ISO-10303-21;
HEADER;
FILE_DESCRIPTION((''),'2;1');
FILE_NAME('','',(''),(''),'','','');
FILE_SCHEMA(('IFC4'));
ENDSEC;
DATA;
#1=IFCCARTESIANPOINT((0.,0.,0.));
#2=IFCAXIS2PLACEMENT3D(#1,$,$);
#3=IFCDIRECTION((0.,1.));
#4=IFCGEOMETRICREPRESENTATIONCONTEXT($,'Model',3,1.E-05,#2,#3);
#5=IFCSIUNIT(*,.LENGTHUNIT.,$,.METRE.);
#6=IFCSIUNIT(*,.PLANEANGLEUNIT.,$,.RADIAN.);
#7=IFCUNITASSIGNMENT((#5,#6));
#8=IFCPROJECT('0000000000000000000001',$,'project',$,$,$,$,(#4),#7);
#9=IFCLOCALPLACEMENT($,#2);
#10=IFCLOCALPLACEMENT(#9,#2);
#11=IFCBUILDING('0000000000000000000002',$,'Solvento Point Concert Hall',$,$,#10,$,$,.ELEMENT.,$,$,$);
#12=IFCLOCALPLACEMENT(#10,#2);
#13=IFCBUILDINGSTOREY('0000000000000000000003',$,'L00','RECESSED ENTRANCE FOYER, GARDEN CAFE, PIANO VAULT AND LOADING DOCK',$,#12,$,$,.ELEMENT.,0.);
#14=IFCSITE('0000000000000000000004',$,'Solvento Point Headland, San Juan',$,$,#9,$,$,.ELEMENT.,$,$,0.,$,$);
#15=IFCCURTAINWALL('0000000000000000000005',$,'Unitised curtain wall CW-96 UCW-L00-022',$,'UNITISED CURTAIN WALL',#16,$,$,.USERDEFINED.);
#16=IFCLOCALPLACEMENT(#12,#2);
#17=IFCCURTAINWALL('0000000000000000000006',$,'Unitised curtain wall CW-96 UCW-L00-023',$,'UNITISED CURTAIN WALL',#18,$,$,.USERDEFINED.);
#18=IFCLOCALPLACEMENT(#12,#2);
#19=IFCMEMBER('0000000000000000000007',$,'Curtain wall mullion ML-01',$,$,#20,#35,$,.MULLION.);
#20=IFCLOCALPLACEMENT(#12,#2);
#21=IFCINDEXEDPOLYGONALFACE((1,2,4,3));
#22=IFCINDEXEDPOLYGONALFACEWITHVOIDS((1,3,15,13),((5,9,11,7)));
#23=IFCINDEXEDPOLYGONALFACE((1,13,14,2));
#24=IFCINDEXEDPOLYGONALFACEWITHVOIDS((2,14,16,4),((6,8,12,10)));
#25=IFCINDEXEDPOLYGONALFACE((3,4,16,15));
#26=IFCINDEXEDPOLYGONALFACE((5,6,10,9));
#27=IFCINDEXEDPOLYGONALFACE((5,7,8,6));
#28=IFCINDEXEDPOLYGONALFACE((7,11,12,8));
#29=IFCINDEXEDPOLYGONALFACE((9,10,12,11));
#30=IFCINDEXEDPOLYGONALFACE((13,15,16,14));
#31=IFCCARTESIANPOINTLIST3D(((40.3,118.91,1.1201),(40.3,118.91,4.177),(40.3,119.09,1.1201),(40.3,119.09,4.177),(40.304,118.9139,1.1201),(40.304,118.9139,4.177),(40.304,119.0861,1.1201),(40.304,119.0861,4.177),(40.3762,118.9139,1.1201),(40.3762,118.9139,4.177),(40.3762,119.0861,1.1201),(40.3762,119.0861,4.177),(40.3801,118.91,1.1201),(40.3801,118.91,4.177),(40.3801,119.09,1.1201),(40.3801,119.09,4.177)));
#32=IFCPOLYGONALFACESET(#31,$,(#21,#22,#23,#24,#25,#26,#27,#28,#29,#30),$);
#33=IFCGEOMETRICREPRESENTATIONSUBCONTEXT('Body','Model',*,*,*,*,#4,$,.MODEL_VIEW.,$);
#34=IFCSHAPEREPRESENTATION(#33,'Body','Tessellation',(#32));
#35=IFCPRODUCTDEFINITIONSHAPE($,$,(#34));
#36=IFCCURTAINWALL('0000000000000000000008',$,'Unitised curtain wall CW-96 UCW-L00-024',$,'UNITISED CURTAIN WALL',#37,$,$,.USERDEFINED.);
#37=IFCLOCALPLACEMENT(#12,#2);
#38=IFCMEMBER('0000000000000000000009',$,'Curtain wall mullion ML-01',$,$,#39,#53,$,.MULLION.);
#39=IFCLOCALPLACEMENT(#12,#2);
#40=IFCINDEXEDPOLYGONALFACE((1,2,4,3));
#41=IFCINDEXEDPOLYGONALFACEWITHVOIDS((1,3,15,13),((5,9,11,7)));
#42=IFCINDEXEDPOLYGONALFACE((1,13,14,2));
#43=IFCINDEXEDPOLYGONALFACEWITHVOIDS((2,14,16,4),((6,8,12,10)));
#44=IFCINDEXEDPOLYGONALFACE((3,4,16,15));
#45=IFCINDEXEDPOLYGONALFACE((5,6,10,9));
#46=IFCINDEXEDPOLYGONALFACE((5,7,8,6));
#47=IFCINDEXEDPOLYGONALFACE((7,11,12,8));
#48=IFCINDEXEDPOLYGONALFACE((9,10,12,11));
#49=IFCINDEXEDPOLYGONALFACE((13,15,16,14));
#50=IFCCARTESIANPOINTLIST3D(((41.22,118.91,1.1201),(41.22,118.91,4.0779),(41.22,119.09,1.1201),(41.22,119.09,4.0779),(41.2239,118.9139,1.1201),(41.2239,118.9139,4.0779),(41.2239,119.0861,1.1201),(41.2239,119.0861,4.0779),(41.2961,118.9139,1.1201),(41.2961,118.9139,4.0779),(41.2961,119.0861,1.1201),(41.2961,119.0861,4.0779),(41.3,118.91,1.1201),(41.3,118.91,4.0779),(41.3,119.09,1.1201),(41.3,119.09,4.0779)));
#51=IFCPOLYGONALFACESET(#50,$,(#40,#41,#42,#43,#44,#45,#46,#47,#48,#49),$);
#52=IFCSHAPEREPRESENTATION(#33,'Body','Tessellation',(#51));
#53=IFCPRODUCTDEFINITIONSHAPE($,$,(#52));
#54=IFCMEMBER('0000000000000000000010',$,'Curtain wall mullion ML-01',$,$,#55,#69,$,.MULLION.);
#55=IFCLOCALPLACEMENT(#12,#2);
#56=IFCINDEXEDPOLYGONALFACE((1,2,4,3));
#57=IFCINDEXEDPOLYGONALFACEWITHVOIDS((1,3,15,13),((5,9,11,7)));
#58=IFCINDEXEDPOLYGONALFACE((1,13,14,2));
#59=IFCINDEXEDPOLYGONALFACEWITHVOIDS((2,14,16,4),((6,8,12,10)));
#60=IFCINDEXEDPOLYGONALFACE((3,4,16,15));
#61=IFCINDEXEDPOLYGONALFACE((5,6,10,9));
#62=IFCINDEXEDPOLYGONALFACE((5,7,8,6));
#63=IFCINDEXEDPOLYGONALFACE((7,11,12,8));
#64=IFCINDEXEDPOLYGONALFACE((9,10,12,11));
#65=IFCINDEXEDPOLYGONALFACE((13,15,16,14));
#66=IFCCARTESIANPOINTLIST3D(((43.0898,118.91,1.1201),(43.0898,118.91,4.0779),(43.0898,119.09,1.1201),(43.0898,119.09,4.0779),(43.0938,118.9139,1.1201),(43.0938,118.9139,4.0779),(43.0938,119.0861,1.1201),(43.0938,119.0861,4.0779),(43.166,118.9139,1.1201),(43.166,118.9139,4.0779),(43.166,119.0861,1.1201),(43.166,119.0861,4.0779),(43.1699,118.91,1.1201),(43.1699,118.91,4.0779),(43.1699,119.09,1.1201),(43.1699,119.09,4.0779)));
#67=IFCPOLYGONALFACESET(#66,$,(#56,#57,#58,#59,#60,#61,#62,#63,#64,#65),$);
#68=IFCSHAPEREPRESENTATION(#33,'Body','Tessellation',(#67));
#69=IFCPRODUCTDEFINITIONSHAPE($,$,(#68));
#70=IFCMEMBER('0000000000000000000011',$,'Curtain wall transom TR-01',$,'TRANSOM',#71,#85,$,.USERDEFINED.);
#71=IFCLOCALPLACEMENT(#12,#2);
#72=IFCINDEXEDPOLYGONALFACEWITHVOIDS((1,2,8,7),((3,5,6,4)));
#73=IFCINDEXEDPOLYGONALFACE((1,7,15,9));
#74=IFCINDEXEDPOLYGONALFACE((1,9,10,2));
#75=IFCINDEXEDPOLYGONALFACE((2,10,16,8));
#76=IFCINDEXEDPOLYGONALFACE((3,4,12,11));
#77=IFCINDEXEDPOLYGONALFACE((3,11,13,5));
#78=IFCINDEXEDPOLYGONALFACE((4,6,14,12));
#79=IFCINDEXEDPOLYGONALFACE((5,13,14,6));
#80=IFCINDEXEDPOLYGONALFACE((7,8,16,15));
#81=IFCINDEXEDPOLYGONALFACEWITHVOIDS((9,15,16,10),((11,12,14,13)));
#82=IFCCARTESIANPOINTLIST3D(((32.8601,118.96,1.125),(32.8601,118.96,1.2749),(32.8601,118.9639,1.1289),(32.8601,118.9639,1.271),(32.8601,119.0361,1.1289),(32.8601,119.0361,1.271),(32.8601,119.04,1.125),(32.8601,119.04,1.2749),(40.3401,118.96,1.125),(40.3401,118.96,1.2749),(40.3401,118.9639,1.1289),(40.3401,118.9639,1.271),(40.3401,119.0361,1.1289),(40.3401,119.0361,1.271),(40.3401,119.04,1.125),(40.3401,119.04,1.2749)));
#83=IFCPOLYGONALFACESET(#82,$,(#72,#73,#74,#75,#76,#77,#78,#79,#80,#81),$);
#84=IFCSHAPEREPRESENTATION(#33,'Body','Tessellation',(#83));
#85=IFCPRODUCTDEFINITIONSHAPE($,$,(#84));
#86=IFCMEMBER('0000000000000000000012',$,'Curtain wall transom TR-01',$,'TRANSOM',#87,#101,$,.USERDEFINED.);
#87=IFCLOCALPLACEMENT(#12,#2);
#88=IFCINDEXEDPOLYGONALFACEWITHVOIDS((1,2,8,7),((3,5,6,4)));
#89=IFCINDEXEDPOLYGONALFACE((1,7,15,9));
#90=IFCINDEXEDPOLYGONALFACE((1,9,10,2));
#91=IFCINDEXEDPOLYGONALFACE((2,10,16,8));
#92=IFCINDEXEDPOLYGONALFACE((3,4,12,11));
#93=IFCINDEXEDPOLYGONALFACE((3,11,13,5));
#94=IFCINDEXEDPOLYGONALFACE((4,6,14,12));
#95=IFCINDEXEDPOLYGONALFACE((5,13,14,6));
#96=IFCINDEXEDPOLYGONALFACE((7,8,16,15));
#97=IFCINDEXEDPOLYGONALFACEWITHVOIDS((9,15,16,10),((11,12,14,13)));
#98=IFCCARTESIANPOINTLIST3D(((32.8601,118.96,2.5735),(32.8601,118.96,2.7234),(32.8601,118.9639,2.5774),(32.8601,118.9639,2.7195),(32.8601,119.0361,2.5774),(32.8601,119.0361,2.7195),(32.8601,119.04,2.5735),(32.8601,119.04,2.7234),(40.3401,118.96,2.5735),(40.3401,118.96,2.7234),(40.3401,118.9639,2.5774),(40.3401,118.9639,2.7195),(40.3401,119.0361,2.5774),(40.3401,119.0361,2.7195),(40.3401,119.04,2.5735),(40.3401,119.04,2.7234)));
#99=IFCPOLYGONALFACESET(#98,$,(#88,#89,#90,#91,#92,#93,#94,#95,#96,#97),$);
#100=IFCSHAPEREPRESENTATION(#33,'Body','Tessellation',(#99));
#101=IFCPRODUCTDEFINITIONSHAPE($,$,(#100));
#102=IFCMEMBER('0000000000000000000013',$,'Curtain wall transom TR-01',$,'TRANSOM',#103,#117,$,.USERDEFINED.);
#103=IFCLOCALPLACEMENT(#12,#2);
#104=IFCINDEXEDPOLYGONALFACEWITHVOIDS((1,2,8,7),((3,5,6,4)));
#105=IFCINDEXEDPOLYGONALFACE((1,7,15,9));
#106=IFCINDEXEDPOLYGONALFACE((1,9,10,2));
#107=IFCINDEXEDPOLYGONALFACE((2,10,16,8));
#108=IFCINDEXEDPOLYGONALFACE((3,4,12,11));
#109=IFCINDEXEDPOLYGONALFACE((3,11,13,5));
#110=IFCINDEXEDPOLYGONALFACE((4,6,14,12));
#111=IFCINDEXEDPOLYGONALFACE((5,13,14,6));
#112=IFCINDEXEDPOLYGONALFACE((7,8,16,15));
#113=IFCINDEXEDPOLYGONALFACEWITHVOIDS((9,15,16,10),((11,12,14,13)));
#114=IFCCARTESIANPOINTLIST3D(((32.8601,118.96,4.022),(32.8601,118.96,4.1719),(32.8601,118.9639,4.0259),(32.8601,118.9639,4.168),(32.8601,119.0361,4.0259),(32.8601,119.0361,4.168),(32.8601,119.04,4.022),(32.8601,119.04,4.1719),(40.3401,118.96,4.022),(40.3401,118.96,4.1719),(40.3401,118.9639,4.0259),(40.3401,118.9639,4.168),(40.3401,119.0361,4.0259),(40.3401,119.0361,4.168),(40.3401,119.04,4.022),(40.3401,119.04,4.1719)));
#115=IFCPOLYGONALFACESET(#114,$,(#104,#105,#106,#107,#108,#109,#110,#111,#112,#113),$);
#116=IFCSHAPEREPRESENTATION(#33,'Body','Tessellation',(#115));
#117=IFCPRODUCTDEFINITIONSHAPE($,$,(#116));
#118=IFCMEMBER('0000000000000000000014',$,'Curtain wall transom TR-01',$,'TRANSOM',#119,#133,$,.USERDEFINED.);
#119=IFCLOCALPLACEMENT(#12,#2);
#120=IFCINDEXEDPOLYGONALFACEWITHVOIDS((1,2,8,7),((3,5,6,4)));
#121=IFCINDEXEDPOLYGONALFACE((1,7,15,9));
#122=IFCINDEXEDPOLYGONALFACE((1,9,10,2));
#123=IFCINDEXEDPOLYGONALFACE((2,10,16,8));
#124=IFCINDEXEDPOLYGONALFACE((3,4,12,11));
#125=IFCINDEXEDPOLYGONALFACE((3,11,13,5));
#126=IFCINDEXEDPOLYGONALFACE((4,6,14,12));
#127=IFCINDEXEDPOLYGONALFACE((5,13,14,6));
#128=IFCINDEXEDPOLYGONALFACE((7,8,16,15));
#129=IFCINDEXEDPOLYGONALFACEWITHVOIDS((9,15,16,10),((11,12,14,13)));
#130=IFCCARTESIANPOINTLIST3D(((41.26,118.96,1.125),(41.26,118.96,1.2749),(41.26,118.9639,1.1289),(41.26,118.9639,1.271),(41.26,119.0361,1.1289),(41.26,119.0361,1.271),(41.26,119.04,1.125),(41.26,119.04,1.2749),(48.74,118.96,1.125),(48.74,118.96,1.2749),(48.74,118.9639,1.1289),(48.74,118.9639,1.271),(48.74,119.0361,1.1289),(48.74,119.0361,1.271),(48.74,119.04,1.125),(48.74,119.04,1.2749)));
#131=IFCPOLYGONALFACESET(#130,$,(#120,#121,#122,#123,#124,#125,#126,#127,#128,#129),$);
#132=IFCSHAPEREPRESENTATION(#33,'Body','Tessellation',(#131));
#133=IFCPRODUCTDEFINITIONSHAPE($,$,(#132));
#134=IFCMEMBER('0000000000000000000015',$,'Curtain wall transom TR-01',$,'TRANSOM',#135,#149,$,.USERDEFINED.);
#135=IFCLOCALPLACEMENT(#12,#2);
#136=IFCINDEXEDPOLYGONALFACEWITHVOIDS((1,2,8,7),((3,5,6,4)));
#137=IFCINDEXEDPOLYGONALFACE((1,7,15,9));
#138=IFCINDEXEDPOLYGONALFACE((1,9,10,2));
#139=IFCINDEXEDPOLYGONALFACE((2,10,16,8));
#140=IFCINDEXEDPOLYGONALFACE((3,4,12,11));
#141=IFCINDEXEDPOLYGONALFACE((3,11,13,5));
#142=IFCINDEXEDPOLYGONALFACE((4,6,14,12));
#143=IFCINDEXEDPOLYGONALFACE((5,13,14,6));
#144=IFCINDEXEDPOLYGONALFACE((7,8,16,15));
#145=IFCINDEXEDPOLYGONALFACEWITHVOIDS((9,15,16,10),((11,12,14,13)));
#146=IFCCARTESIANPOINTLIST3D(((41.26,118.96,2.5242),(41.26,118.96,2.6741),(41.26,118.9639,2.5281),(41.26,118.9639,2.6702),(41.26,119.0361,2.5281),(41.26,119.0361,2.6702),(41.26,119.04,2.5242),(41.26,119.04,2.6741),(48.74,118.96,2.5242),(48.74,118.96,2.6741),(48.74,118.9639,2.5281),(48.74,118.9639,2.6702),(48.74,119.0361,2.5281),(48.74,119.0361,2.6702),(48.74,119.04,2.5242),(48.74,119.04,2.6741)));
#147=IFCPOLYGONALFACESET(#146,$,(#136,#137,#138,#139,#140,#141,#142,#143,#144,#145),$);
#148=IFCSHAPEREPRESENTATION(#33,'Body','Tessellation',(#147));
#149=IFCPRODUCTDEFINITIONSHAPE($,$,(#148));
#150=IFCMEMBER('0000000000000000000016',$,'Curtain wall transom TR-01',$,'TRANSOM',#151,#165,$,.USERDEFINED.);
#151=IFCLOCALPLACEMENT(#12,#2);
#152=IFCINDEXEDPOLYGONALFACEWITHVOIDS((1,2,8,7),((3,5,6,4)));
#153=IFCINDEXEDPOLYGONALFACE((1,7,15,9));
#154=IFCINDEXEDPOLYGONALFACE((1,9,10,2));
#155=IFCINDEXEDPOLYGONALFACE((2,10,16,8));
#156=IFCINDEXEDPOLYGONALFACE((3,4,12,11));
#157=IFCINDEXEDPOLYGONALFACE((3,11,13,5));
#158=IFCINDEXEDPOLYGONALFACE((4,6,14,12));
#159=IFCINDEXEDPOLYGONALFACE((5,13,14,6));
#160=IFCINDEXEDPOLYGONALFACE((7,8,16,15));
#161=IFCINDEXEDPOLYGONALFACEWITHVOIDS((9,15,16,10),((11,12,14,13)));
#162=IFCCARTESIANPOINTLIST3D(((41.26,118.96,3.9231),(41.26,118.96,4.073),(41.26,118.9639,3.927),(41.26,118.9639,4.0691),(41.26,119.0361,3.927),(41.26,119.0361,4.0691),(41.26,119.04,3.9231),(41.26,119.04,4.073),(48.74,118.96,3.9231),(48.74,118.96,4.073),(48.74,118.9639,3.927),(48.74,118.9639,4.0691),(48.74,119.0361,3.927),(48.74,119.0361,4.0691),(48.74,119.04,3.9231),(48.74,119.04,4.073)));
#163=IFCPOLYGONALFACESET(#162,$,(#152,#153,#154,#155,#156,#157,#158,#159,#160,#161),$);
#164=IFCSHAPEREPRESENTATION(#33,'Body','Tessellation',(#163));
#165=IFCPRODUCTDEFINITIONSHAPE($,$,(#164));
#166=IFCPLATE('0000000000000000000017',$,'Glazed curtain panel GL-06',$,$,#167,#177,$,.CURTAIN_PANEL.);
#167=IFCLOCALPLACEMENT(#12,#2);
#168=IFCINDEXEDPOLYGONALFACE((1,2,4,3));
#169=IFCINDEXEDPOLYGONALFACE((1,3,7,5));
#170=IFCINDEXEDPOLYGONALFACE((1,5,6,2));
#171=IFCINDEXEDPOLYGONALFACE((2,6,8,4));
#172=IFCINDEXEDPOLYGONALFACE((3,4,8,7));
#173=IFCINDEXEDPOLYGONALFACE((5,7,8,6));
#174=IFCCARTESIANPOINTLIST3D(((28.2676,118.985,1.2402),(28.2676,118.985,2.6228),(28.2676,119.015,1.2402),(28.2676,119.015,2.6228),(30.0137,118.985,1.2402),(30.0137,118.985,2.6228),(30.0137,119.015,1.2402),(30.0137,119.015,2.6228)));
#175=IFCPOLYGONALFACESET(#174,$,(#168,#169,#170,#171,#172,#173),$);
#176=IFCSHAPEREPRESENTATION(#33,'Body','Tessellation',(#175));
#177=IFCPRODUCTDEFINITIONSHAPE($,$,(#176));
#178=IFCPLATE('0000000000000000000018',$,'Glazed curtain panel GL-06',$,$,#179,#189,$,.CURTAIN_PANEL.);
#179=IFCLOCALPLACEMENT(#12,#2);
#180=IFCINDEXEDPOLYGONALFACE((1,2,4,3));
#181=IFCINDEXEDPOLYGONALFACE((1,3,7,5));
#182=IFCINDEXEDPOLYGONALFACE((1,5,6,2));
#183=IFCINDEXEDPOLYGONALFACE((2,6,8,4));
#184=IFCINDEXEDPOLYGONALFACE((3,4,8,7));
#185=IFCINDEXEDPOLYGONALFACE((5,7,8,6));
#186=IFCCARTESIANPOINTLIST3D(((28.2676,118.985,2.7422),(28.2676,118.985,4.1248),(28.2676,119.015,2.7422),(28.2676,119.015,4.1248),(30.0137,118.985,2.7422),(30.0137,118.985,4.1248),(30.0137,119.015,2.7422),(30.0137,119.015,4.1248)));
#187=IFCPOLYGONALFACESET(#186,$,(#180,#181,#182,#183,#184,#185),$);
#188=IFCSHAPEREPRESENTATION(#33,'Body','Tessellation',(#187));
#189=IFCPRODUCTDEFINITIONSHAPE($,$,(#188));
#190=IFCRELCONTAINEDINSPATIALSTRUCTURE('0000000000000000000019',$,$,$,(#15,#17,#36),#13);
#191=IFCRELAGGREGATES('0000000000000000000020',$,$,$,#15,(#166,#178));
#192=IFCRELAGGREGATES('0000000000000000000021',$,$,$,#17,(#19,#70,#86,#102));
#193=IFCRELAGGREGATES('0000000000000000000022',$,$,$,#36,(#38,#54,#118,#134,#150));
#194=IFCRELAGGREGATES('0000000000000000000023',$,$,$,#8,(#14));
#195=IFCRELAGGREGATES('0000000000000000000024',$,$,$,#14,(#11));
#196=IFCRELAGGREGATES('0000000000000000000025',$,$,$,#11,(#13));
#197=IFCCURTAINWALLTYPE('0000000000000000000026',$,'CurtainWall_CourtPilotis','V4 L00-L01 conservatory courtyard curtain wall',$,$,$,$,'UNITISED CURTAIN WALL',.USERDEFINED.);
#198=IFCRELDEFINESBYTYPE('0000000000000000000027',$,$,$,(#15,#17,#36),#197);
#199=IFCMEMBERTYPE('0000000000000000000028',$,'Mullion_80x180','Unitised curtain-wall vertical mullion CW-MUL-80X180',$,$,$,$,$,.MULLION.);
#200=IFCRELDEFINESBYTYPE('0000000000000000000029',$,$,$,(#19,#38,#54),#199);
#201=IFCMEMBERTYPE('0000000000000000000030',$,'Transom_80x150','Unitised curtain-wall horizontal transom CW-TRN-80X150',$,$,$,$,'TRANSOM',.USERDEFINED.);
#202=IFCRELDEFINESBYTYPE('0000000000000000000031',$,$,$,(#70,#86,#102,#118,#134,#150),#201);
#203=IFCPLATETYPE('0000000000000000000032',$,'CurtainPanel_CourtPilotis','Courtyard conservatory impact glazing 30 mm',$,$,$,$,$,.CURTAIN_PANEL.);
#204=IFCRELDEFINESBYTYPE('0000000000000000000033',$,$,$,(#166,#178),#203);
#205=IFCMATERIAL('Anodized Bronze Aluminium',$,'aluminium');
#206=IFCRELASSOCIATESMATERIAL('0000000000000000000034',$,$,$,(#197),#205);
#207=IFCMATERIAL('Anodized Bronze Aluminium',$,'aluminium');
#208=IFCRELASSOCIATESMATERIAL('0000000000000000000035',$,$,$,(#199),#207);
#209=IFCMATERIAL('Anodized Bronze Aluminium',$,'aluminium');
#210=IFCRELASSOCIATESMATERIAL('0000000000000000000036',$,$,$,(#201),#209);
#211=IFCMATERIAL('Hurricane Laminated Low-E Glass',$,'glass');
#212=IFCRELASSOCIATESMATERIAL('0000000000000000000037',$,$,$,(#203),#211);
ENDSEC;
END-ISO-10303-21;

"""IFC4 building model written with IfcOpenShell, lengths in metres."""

from ifc_helpers import new_model, si_unit, direction, frame, origin, origin_2d, place, context, subcontext, project, spatial, rectangle, hollow_rectangle, extrude, material, material_profile, profile_set, type_object, element, aggregate, save


model = new_model("IFC4")

# Units and contexts
model_context = context("Model", 3, precision=1e-05, world=origin(), true_north=direction((0.0, 1.0)))
body_context = subcontext(model_context, "Body", "Model", "MODEL_VIEW")
ifc_project = project(units=[si_unit("LENGTHUNIT", "METRE"), si_unit("PLANEANGLEUNIT", "RADIAN")], contexts=[model_context])

# Site, building, storey
site_placement = place(None, origin())
site = spatial("IfcSite", under=ifc_project, at=site_placement, Name="Solvento Point Headland, San Juan", CompositionType="ELEMENT", RefElevation=0.0)
building_placement = place(site_placement, origin())
building = spatial("IfcBuilding", under=site, at=building_placement, Name="Solvento Point Concert Hall", CompositionType="ELEMENT")
storey_placement = place(building_placement, origin())
storey = spatial("IfcBuildingStorey", under=building, at=storey_placement, Name="L00", Description="RECESSED ENTRANCE FOYER, GARDEN CAFE, PIANO VAULT AND LOADING DOCK", CompositionType="ELEMENT", Elevation=0.0)

# Curtain walls, members
ifc_material_1 = material(Name="Anodized Bronze Aluminium", Category="aluminium")
curtain_wall_type = type_object("IfcCurtainWallType", Name="CurtainWall_CourtPilotis", Description="V4 L00-L01 conservatory courtyard curtain wall", ElementType="UNITISED CURTAIN WALL", PredefinedType="USERDEFINED", material=ifc_material_1)
curtain_wall_1_placement = place(storey_placement, origin())
curtain_wall_1 = element("IfcCurtainWall", 1, at=curtain_wall_1_placement, inside=storey, type_object=curtain_wall_type, Name="Unitised curtain wall CW-96 UCW-L00-022", ObjectType="UNITISED CURTAIN WALL", PredefinedType="USERDEFINED")
ifc_material_2 = material(Name="Anodized Bronze Aluminium", Category="aluminium")
ifc_material_profile_1 = material_profile(ifc_material_2, hollow_rectangle(XDim=0.0801, YDim=0.1799, WallThickness=0.0039, at=origin_2d()), Name="CW-MUL-80X180")
ifc_profile_set_1 = profile_set([ifc_material_profile_1], Name="Anodized Bronze Aluminium")
member_type_1 = type_object("IfcMemberType", Name="Mullion_80x180", Description="Unitised curtain-wall vertical mullion CW-MUL-80X180", PredefinedType="MULLION", material=ifc_profile_set_1)
curtain_wall_2_placement = place(storey_placement, origin())
curtain_wall_2 = element("IfcCurtainWall", 2, at=curtain_wall_2_placement, inside=storey, type_object=curtain_wall_type, Name="Unitised curtain wall CW-96 UCW-L00-023", ObjectType="UNITISED CURTAIN WALL", PredefinedType="USERDEFINED")
member_1_placement = place(storey_placement, frame((40.3401, 119.0, 1.1201), z_axis=(0.0, 0.0, 1.0), x_axis=(1.0, 0.0, 0.0)))
member_1 = element("IfcMember", 3, at=member_1_placement, type_object=member_type_1, Name="Curtain wall mullion ML-01", PredefinedType="MULLION", context=body_context, shape_type="SweptSolid", body=[
    extrude(hollow_rectangle(XDim=0.0801, YDim=0.1799, WallThickness=0.0039, at=origin_2d()), origin(), (0.0, 0.0, 1.0), 3.0569),
])
curtain_wall_3_placement = place(storey_placement, origin())
curtain_wall_3 = element("IfcCurtainWall", 4, at=curtain_wall_3_placement, inside=storey, type_object=curtain_wall_type, Name="Unitised curtain wall CW-96 UCW-L00-024", ObjectType="UNITISED CURTAIN WALL", PredefinedType="USERDEFINED")
member_2_placement = place(storey_placement, frame((41.26, 119.0, 1.1201), z_axis=(0.0, 0.0, 1.0), x_axis=(1.0, 0.0, 0.0)))
member_2 = element("IfcMember", 5, at=member_2_placement, type_object=member_type_1, Name="Curtain wall mullion ML-01", PredefinedType="MULLION", context=body_context, shape_type="SweptSolid", body=[
    extrude(hollow_rectangle(XDim=0.0801, YDim=0.1799, WallThickness=0.0039, at=origin_2d()), origin(), (0.0, 0.0, 1.0), 2.9578),
])
member_3_placement = place(storey_placement, frame((43.1299, 119.0, 1.1201), z_axis=(0.0, 0.0, 1.0), x_axis=(1.0, 0.0, 0.0)))
member_3 = element("IfcMember", 6, at=member_3_placement, type_object=member_type_1, Name="Curtain wall mullion ML-01", PredefinedType="MULLION", context=body_context, shape_type="SweptSolid", body=[
    extrude(hollow_rectangle(XDim=0.0801, YDim=0.1799, WallThickness=0.0039, at=origin_2d()), origin(), (0.0, 0.0, 1.0), 2.9578),
])

# Members
ifc_material_3 = material(Name="Anodized Bronze Aluminium", Category="aluminium")
ifc_material_profile_2 = material_profile(ifc_material_3, hollow_rectangle(XDim=0.0801, YDim=0.1499, WallThickness=0.0039, at=origin_2d()), Name="CW-TRN-80X150")
ifc_profile_set_2 = profile_set([ifc_material_profile_2], Name="Anodized Bronze Aluminium")
member_type_2 = type_object("IfcMemberType", Name="Transom_80x150", Description="Unitised curtain-wall horizontal transom CW-TRN-80X150", ElementType="TRANSOM", PredefinedType="USERDEFINED", material=ifc_profile_set_2)
member_4_placement = place(storey_placement, frame((32.8601, 119.0, 1.2), z_axis=(1.0, 0.0, 0.0), x_axis=(0.0, 1.0, 0.0)))
member_4 = element("IfcMember", 7, at=member_4_placement, type_object=member_type_2, Name="Curtain wall transom TR-01", ObjectType="TRANSOM", PredefinedType="USERDEFINED", context=body_context, shape_type="SweptSolid", body=[
    extrude(hollow_rectangle(XDim=0.0801, YDim=0.1499, WallThickness=0.0039, at=origin_2d()), origin(), (0.0, 0.0, 1.0), 7.48),
])
member_5_placement = place(storey_placement, frame((32.8601, 119.0, 2.6484), z_axis=(1.0, 0.0, 0.0), x_axis=(0.0, 1.0, 0.0)))
member_5 = element("IfcMember", 8, at=member_5_placement, type_object=member_type_2, Name="Curtain wall transom TR-01", ObjectType="TRANSOM", PredefinedType="USERDEFINED", context=body_context, shape_type="SweptSolid", body=[
    extrude(hollow_rectangle(XDim=0.0801, YDim=0.1499, WallThickness=0.0039, at=origin_2d()), origin(), (0.0, 0.0, 1.0), 7.48),
])
member_6_placement = place(storey_placement, frame((32.8601, 119.0, 4.0969), z_axis=(1.0, 0.0, 0.0), x_axis=(0.0, 1.0, 0.0)))
member_6 = element("IfcMember", 9, at=member_6_placement, type_object=member_type_2, Name="Curtain wall transom TR-01", ObjectType="TRANSOM", PredefinedType="USERDEFINED", context=body_context, shape_type="SweptSolid", body=[
    extrude(hollow_rectangle(XDim=0.0801, YDim=0.1499, WallThickness=0.0039, at=origin_2d()), origin(), (0.0, 0.0, 1.0), 7.48),
])
member_7_placement = place(storey_placement, frame((41.26, 119.0, 1.2), z_axis=(1.0, 0.0, 0.0), x_axis=(0.0, 1.0, 0.0)))
member_7 = element("IfcMember", 10, at=member_7_placement, type_object=member_type_2, Name="Curtain wall transom TR-01", ObjectType="TRANSOM", PredefinedType="USERDEFINED", context=body_context, shape_type="SweptSolid", body=[
    extrude(hollow_rectangle(XDim=0.0801, YDim=0.1499, WallThickness=0.0039, at=origin_2d()), origin(), (0.0, 0.0, 1.0), 7.48),
])
member_8_placement = place(storey_placement, frame((41.26, 119.0, 2.5991), z_axis=(1.0, 0.0, 0.0), x_axis=(0.0, 1.0, 0.0)))
member_8 = element("IfcMember", 11, at=member_8_placement, type_object=member_type_2, Name="Curtain wall transom TR-01", ObjectType="TRANSOM", PredefinedType="USERDEFINED", context=body_context, shape_type="SweptSolid", body=[
    extrude(hollow_rectangle(XDim=0.0801, YDim=0.1499, WallThickness=0.0039, at=origin_2d()), origin(), (0.0, 0.0, 1.0), 7.48),
])
member_9_placement = place(storey_placement, frame((41.26, 119.0, 3.998), z_axis=(1.0, 0.0, 0.0), x_axis=(0.0, 1.0, 0.0)))
member_9 = element("IfcMember", 12, at=member_9_placement, type_object=member_type_2, Name="Curtain wall transom TR-01", ObjectType="TRANSOM", PredefinedType="USERDEFINED", context=body_context, shape_type="SweptSolid", body=[
    extrude(hollow_rectangle(XDim=0.0801, YDim=0.1499, WallThickness=0.0039, at=origin_2d()), origin(), (0.0, 0.0, 1.0), 7.48),
])

# Plates
ifc_material_4 = material(Name="Hurricane Laminated Low-E Glass", Category="glass")
plate_type = type_object("IfcPlateType", Name="CurtainPanel_CourtPilotis", Description="Courtyard conservatory impact glazing 30 mm", PredefinedType="CURTAIN_PANEL", material=ifc_material_4)
plate_1_placement = place(storey_placement, frame((29.1406, 119.0, 1.2402), z_axis=(0.0, 0.0, 1.0), x_axis=(1.0, 0.0, 0.0)))
plate_1 = element("IfcPlate", 13, at=plate_1_placement, type_object=plate_type, Name="Glazed curtain panel GL-06", PredefinedType="CURTAIN_PANEL", context=body_context, shape_type="SweptSolid", body=[
    extrude(rectangle(XDim=1.7461, YDim=0.03, at=origin_2d()), origin(), (0.0, 0.0, 1.0), 1.3826),
])
plate_2_placement = place(storey_placement, frame((29.1406, 119.0, 2.7422), z_axis=(0.0, 0.0, 1.0), x_axis=(1.0, 0.0, 0.0)))
plate_2 = element("IfcPlate", 14, at=plate_2_placement, type_object=plate_type, Name="Glazed curtain panel GL-06", PredefinedType="CURTAIN_PANEL", context=body_context, shape_type="SweptSolid", body=[
    extrude(rectangle(XDim=1.7461, YDim=0.03, at=origin_2d()), origin(), (0.0, 0.0, 1.0), 1.3826),
])
aggregate(curtain_wall_1, [plate_1, plate_2])
aggregate(curtain_wall_2, [member_1, member_4, member_5, member_6])
aggregate(curtain_wall_3, [member_2, member_3, member_7, member_8, member_9])

save(model, "model.ifc")
